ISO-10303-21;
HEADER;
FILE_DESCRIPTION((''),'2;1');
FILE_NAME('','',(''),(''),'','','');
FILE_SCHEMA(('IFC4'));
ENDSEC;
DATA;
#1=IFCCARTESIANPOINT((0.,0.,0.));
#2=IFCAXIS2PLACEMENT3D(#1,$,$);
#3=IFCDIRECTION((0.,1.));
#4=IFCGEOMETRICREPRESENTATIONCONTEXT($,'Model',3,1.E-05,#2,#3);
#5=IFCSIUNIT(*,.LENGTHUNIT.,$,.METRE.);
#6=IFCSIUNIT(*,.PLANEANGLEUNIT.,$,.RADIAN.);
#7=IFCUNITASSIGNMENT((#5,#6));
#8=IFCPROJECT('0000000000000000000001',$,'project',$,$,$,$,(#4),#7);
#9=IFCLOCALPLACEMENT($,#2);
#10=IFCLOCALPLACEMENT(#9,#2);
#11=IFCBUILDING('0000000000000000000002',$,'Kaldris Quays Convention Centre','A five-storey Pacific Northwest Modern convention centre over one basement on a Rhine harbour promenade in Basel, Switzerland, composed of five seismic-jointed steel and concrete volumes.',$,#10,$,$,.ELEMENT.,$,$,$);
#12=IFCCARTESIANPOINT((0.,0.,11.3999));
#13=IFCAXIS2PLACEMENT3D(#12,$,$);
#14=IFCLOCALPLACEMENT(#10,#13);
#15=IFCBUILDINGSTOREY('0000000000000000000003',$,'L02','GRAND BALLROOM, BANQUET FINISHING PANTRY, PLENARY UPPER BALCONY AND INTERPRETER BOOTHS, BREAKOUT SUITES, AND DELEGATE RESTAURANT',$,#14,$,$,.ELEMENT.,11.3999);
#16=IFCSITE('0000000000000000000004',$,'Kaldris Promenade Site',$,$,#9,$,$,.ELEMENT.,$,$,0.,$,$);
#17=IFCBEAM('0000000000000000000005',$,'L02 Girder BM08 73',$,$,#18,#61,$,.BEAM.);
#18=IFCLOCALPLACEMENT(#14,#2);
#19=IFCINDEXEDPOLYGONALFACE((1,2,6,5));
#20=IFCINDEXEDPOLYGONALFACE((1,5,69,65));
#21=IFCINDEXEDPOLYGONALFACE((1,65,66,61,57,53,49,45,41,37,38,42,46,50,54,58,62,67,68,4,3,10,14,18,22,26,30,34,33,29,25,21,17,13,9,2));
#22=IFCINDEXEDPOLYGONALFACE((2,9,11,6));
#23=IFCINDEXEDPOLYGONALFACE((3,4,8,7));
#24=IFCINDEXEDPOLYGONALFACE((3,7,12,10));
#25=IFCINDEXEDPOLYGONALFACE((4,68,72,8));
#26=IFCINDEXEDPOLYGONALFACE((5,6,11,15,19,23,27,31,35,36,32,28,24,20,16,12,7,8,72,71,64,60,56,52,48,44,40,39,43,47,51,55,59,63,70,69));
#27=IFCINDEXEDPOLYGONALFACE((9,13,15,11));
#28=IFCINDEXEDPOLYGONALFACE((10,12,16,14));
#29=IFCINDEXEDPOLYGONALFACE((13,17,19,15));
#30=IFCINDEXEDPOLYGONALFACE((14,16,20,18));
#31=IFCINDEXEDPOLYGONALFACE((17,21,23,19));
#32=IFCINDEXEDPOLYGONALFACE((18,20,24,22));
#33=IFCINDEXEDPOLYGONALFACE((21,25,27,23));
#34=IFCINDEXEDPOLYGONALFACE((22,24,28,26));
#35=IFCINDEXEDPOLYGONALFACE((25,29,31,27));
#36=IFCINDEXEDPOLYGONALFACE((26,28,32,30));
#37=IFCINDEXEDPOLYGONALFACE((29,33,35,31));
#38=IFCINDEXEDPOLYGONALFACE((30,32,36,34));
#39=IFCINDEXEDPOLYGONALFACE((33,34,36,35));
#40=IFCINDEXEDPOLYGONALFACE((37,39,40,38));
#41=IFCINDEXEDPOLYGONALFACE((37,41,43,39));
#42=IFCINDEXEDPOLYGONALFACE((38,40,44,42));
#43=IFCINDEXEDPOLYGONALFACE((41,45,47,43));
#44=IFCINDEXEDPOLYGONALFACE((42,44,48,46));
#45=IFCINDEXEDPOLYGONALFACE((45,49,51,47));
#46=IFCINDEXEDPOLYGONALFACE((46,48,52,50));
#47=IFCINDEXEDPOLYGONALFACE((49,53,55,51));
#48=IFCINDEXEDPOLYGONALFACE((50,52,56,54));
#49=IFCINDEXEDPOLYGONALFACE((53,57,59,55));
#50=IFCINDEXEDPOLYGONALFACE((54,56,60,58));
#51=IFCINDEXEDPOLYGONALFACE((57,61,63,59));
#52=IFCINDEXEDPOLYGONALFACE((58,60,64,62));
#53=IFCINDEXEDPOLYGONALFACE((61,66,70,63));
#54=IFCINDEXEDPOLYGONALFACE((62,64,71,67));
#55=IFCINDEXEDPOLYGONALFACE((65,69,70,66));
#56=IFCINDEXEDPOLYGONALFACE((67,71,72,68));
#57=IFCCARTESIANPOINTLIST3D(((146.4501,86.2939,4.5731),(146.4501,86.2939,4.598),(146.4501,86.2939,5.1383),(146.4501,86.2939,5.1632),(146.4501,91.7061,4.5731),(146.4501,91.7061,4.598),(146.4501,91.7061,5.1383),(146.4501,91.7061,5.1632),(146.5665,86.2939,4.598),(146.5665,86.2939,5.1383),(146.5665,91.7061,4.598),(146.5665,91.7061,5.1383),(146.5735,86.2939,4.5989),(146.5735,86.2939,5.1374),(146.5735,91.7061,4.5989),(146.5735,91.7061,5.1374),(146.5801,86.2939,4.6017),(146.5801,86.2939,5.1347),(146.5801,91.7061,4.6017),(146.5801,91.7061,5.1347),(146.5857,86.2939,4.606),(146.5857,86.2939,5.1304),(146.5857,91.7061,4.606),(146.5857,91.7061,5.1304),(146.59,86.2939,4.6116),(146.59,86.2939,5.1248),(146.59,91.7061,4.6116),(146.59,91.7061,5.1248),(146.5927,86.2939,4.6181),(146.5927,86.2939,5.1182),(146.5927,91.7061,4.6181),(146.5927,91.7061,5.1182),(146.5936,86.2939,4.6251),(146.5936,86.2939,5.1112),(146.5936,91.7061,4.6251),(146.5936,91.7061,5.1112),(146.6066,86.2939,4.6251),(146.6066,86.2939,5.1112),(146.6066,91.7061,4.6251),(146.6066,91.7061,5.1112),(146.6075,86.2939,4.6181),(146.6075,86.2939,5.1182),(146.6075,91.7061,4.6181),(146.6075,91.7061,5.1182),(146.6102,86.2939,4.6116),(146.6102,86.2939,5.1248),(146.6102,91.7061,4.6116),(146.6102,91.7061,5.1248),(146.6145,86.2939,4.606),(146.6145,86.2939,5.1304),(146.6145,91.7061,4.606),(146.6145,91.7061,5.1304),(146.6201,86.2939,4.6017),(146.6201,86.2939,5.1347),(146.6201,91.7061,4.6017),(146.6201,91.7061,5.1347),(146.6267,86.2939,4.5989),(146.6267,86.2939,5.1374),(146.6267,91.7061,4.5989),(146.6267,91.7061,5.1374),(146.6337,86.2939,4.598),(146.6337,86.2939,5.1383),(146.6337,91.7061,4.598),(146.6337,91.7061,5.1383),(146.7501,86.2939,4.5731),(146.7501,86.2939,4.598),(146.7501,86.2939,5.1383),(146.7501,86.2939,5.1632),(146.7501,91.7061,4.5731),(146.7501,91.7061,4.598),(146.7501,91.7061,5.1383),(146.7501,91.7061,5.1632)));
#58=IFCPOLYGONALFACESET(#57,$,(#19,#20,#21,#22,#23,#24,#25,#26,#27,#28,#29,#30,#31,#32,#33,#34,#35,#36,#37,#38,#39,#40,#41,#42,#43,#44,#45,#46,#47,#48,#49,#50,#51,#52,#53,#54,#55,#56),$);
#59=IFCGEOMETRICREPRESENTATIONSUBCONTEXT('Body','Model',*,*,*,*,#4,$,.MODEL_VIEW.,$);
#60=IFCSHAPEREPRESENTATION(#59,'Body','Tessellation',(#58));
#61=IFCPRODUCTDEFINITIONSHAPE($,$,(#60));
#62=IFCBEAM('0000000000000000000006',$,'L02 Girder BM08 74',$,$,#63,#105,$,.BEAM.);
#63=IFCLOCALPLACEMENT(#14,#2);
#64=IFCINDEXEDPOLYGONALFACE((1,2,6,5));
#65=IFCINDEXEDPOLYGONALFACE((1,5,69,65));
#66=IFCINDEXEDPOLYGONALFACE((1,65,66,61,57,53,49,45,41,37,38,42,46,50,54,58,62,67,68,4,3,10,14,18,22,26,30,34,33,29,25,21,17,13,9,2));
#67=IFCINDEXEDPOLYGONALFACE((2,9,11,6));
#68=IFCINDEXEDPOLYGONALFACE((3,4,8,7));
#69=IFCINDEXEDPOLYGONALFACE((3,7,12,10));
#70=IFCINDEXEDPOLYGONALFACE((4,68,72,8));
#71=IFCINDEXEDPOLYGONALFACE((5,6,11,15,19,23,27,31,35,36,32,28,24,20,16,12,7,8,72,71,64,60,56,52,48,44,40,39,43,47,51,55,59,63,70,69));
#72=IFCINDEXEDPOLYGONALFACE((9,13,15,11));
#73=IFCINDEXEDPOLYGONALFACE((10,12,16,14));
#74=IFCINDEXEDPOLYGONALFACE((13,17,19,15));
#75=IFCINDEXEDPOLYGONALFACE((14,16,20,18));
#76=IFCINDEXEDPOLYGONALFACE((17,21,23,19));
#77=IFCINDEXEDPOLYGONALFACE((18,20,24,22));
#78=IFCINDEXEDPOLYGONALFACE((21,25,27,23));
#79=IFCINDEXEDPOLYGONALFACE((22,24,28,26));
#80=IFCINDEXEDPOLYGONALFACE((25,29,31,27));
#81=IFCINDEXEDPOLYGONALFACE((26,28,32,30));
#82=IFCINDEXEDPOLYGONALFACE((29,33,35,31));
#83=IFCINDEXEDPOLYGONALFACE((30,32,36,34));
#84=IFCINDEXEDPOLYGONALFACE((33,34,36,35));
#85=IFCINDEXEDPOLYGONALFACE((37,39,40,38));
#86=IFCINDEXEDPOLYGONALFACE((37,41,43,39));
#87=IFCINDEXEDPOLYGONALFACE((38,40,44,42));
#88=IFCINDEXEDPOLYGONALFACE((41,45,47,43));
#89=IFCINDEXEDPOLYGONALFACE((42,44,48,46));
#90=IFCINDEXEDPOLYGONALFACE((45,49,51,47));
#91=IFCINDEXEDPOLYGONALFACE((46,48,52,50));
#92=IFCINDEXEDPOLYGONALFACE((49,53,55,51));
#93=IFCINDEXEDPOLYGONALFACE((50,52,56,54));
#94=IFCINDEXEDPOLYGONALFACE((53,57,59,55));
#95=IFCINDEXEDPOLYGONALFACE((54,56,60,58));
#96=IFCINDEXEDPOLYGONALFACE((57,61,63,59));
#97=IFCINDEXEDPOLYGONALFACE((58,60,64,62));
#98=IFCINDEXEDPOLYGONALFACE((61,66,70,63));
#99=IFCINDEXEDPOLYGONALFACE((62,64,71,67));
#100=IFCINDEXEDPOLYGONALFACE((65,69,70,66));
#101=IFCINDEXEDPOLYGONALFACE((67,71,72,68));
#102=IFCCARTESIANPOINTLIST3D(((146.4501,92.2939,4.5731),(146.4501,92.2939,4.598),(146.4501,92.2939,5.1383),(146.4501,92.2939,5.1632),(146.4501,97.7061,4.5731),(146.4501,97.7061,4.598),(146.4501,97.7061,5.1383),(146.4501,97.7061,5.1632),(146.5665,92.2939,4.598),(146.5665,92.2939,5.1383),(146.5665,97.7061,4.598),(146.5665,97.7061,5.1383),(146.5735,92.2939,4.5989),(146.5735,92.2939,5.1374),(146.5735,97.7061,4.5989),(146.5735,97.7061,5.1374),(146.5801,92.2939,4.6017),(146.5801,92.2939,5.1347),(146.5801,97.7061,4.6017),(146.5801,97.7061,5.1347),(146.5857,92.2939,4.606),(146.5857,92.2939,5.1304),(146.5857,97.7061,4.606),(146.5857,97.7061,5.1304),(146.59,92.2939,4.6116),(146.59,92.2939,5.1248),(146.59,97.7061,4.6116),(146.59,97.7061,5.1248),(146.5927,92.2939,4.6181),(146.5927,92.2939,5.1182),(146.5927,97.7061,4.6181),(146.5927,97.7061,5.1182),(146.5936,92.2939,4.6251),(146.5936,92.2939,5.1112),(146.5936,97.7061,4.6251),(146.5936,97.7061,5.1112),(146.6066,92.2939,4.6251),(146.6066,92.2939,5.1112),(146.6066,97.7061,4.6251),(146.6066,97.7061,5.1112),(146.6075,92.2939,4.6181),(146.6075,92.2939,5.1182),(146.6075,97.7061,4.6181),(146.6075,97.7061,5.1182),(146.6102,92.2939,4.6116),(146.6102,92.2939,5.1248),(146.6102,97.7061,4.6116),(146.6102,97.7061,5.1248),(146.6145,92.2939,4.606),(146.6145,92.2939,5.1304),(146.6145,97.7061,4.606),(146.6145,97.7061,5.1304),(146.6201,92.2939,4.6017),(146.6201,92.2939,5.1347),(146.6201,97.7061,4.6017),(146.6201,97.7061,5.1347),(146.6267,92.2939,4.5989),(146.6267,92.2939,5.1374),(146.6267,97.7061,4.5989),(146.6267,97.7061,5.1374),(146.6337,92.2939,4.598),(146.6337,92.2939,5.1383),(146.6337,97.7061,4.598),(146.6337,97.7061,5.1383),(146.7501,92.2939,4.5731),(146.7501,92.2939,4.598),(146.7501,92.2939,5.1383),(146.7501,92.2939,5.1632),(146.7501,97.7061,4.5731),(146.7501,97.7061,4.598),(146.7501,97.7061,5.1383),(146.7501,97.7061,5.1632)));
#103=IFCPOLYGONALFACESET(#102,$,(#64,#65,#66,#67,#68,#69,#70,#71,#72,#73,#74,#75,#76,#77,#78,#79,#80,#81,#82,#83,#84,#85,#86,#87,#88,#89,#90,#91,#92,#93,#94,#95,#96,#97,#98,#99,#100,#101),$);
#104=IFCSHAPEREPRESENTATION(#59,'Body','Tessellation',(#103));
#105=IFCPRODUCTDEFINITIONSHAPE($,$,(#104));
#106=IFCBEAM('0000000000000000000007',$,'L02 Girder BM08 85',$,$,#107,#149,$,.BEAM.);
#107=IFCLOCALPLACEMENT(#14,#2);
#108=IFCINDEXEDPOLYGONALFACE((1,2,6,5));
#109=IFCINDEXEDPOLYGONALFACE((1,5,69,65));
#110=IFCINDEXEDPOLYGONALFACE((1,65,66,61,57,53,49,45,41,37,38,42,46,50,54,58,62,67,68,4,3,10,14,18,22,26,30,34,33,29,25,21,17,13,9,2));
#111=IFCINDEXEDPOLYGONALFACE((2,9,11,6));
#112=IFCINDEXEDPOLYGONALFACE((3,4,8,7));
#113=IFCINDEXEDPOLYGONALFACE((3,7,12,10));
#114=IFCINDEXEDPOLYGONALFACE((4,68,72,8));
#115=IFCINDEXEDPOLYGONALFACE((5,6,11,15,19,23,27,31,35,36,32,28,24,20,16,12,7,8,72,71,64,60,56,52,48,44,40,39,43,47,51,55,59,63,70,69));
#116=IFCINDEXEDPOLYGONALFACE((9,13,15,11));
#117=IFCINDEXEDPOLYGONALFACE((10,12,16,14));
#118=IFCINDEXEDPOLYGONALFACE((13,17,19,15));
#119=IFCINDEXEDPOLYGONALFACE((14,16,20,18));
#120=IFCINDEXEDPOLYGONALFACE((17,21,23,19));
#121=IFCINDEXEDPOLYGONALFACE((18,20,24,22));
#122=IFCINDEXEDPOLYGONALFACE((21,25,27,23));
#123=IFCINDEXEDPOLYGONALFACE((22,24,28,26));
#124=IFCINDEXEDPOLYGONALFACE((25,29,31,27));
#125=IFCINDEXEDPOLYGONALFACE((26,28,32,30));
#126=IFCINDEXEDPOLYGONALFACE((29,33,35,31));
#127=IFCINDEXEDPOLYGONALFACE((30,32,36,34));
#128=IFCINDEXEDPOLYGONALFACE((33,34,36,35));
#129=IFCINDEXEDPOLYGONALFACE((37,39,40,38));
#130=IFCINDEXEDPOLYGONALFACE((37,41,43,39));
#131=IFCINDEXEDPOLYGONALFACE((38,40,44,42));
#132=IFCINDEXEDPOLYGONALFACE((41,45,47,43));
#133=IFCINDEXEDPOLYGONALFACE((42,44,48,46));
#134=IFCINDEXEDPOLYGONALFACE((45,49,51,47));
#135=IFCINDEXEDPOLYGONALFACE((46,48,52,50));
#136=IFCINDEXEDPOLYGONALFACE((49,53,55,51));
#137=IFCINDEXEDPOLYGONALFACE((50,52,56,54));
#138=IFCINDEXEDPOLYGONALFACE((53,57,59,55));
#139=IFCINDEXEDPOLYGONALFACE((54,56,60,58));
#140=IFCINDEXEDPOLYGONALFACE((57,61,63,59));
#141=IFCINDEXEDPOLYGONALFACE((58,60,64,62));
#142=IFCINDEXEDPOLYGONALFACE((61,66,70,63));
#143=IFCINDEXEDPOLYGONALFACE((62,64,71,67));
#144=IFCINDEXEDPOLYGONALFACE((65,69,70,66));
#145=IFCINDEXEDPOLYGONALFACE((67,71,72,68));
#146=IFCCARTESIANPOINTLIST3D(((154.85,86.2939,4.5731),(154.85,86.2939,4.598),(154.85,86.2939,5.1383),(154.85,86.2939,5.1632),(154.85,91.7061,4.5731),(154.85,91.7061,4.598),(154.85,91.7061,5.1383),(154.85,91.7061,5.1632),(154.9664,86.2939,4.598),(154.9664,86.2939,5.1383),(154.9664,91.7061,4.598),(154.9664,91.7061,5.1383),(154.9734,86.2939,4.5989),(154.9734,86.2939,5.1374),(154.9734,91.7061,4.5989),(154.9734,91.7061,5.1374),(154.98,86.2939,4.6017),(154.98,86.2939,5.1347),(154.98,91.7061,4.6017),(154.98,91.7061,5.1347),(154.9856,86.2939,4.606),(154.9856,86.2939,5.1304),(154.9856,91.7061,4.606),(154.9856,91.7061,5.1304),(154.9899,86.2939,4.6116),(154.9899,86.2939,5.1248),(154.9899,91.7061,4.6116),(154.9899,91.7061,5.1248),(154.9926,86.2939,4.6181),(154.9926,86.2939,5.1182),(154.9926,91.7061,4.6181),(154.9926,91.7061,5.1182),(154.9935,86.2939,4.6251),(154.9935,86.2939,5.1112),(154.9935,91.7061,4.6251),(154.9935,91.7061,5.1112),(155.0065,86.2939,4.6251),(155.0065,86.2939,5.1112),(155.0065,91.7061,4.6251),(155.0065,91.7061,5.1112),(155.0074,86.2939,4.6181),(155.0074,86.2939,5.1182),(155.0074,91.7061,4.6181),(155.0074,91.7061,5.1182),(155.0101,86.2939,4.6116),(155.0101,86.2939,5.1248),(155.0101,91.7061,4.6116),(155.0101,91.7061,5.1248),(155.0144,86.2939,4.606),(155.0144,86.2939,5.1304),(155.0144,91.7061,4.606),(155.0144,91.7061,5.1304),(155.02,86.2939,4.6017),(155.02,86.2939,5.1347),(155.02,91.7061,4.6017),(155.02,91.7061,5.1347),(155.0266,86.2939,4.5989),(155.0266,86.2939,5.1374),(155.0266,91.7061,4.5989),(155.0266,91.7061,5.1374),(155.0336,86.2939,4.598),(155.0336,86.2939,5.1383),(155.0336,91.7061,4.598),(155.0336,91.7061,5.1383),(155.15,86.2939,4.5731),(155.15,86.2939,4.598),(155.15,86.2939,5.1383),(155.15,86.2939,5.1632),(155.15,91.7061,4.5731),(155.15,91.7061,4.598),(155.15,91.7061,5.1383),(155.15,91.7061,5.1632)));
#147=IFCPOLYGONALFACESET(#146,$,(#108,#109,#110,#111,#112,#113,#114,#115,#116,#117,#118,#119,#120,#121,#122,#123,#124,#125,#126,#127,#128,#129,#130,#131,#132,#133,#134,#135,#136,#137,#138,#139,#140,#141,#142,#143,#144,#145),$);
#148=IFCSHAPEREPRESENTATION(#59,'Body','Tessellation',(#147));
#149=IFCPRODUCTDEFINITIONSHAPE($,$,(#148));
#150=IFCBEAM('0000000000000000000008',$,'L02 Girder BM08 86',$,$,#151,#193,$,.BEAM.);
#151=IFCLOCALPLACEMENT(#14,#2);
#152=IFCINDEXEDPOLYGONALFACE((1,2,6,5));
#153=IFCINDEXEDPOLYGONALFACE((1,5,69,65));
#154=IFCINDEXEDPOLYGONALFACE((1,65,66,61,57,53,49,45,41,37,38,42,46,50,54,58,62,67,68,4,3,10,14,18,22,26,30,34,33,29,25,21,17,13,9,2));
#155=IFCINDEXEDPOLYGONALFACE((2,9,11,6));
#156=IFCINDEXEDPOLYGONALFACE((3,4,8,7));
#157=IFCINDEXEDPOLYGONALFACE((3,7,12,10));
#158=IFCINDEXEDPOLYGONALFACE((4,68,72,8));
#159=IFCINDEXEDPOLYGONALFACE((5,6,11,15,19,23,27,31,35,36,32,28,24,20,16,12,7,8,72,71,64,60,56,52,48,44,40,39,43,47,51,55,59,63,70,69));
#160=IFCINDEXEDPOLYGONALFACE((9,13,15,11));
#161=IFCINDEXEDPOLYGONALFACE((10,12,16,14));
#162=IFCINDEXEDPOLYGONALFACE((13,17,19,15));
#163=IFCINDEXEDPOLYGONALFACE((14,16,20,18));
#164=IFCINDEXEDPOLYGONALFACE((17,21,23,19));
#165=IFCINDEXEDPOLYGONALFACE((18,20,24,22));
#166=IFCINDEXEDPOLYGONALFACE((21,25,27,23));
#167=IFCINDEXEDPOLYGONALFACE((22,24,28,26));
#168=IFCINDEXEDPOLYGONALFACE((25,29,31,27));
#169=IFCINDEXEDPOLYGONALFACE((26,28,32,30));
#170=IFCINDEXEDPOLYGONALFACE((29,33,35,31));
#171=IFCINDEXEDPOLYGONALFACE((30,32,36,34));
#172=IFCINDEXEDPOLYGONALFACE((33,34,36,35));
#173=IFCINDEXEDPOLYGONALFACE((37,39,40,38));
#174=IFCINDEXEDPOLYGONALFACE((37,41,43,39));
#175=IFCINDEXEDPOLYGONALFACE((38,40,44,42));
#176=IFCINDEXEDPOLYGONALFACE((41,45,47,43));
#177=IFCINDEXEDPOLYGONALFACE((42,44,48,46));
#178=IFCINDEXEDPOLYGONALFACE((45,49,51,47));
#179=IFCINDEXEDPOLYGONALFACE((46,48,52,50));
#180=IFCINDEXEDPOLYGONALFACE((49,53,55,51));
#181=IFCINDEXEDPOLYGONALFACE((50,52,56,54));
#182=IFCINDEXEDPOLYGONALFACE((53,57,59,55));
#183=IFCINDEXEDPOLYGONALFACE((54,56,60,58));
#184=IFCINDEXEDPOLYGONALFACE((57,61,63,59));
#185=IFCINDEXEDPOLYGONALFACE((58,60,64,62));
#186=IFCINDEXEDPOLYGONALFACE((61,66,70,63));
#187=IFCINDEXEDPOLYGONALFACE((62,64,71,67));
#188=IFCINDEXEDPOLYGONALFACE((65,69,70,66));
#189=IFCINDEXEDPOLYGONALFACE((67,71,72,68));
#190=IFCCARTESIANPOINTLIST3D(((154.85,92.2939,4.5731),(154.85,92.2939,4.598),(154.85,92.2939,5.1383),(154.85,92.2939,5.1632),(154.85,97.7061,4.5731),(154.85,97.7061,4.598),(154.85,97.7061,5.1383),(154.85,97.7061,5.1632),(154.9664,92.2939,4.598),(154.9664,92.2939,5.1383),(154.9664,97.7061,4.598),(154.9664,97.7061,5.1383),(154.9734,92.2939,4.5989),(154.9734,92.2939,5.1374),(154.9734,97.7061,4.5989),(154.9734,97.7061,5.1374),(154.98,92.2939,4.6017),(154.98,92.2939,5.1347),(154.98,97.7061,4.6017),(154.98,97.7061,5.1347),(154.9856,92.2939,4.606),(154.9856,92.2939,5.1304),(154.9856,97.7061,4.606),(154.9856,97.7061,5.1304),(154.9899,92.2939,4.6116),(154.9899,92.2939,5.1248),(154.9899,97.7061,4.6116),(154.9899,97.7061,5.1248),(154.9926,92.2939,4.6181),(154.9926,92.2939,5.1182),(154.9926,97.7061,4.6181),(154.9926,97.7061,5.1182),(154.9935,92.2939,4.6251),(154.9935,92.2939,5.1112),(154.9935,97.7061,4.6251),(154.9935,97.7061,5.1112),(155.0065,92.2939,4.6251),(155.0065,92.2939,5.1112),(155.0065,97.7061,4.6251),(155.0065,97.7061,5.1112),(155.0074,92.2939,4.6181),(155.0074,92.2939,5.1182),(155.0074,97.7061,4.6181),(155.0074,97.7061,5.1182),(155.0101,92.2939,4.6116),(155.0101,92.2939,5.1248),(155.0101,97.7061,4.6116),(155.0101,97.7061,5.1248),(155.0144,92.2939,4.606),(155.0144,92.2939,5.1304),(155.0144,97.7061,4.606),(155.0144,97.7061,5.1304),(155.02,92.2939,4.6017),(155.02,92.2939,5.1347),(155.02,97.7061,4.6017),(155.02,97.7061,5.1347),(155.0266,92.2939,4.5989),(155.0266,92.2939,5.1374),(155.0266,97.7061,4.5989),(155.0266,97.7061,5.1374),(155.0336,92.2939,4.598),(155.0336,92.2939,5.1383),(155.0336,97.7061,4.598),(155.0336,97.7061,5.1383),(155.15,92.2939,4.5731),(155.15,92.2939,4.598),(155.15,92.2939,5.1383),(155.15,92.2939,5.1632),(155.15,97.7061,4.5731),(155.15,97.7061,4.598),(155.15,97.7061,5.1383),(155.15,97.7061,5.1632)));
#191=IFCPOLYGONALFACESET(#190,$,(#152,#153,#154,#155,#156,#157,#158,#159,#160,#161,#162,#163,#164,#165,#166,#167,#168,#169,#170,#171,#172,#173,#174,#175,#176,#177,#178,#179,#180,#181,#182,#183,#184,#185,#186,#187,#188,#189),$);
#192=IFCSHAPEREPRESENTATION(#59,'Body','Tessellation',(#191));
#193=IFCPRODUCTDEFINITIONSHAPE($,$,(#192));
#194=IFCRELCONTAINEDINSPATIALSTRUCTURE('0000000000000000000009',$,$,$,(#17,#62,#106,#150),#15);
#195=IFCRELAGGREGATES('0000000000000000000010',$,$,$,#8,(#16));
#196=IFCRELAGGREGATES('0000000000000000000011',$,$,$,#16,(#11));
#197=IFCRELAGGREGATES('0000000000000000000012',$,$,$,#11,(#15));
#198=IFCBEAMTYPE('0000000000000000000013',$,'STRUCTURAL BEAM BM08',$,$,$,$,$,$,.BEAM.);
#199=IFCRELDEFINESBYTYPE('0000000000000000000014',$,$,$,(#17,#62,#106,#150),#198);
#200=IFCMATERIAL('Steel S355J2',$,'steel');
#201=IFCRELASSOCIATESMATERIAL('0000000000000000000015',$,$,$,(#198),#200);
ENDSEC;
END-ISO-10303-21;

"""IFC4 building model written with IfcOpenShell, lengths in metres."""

from ifc_helpers import new_model, si_unit, direction, frame, origin, origin_2d, place, context, subcontext, project, spatial, i_section, extrude, material, material_profile, profile_set, type_object, element, save


model = new_model("IFC4")

# Units and contexts
model_context = context("Model", 3, precision=1e-05, world=origin(), true_north=direction((0.0, 1.0)))
body_context = subcontext(model_context, "Body", "Model", "MODEL_VIEW")
ifc_project = project(units=[si_unit("LENGTHUNIT", "METRE"), si_unit("PLANEANGLEUNIT", "RADIAN")], contexts=[model_context])

# Site, building, storey
site_placement = place(None, origin())
site = spatial("IfcSite", under=ifc_project, at=site_placement, Name="Kaldris Promenade Site", CompositionType="ELEMENT", RefElevation=0.0)
building_placement = place(site_placement, origin())
building = spatial("IfcBuilding", under=site, at=building_placement, Name="Kaldris Quays Convention Centre", Description="A five-storey Pacific Northwest Modern convention centre over one basement on a Rhine harbour promenade in Basel, Switzerland, composed of five seismic-jointed steel and concrete volumes.", CompositionType="ELEMENT")
storey_placement = place(building_placement, frame((0.0, 0.0, 11.3999)))
storey = spatial("IfcBuildingStorey", under=building, at=storey_placement, Name="L02", Description="GRAND BALLROOM, BANQUET FINISHING PANTRY, PLENARY UPPER BALCONY AND INTERPRETER BOOTHS, BREAKOUT SUITES, AND DELEGATE RESTAURANT", CompositionType="ELEMENT", Elevation=11.3999)

# Shared definitions
ifc_material_1 = material(Name="Steel S355J2", Category="steel")

# Beams
ifc_material_profile_1 = material_profile(ifc_material_1, i_section(OverallWidth=0.3, OverallDepth=0.5901, WebThickness=0.0129, FlangeThickness=0.0249, FilletRadius=0.0271, at=origin_2d()), Name="HEA 600")
ifc_profile_set_1 = profile_set([ifc_material_profile_1], Name="Steel S355J2")
beam_type_1 = type_object("IfcBeamType", Name="STRUCTURAL BEAM BM08", PredefinedType="BEAM", material=ifc_profile_set_1)
for number, where, z_axis, x_axis, name in (
    (1, (146.6001, 86.2939, 4.8682), (0.0, 1.0, 0.0), (-1.0, 0.0, 0.0), "L02 Girder BM08 73"),
    (2, (146.6001, 92.2939, 4.8682), (0.0, 1.0, 0.0), (-1.0, 0.0, 0.0), "L02 Girder BM08 74"),
    (3, (155.0, 86.2939, 4.8682), (0.0, 1.0, 0.0), (-1.0, 0.0, 0.0), "L02 Girder BM08 85"),
    (4, (155.0, 92.2939, 4.8682), (0.0, 1.0, 0.0), (-1.0, 0.0, 0.0), "L02 Girder BM08 86"),
):
    element("IfcBeam", number, at=place(storey_placement, frame(where, z_axis=z_axis, x_axis=x_axis)), inside=storey, type_object=beam_type_1, Name=name, PredefinedType="BEAM", context=body_context, shape_type="SweptSolid", body=[
        extrude(i_section(OverallWidth=0.3, OverallDepth=0.5901, WebThickness=0.0129, FlangeThickness=0.0249, FilletRadius=0.0271, at=origin_2d()), origin(), (0.0, 0.0, 1.0), 5.4121),
    ])

save(model, "model.ifc")
